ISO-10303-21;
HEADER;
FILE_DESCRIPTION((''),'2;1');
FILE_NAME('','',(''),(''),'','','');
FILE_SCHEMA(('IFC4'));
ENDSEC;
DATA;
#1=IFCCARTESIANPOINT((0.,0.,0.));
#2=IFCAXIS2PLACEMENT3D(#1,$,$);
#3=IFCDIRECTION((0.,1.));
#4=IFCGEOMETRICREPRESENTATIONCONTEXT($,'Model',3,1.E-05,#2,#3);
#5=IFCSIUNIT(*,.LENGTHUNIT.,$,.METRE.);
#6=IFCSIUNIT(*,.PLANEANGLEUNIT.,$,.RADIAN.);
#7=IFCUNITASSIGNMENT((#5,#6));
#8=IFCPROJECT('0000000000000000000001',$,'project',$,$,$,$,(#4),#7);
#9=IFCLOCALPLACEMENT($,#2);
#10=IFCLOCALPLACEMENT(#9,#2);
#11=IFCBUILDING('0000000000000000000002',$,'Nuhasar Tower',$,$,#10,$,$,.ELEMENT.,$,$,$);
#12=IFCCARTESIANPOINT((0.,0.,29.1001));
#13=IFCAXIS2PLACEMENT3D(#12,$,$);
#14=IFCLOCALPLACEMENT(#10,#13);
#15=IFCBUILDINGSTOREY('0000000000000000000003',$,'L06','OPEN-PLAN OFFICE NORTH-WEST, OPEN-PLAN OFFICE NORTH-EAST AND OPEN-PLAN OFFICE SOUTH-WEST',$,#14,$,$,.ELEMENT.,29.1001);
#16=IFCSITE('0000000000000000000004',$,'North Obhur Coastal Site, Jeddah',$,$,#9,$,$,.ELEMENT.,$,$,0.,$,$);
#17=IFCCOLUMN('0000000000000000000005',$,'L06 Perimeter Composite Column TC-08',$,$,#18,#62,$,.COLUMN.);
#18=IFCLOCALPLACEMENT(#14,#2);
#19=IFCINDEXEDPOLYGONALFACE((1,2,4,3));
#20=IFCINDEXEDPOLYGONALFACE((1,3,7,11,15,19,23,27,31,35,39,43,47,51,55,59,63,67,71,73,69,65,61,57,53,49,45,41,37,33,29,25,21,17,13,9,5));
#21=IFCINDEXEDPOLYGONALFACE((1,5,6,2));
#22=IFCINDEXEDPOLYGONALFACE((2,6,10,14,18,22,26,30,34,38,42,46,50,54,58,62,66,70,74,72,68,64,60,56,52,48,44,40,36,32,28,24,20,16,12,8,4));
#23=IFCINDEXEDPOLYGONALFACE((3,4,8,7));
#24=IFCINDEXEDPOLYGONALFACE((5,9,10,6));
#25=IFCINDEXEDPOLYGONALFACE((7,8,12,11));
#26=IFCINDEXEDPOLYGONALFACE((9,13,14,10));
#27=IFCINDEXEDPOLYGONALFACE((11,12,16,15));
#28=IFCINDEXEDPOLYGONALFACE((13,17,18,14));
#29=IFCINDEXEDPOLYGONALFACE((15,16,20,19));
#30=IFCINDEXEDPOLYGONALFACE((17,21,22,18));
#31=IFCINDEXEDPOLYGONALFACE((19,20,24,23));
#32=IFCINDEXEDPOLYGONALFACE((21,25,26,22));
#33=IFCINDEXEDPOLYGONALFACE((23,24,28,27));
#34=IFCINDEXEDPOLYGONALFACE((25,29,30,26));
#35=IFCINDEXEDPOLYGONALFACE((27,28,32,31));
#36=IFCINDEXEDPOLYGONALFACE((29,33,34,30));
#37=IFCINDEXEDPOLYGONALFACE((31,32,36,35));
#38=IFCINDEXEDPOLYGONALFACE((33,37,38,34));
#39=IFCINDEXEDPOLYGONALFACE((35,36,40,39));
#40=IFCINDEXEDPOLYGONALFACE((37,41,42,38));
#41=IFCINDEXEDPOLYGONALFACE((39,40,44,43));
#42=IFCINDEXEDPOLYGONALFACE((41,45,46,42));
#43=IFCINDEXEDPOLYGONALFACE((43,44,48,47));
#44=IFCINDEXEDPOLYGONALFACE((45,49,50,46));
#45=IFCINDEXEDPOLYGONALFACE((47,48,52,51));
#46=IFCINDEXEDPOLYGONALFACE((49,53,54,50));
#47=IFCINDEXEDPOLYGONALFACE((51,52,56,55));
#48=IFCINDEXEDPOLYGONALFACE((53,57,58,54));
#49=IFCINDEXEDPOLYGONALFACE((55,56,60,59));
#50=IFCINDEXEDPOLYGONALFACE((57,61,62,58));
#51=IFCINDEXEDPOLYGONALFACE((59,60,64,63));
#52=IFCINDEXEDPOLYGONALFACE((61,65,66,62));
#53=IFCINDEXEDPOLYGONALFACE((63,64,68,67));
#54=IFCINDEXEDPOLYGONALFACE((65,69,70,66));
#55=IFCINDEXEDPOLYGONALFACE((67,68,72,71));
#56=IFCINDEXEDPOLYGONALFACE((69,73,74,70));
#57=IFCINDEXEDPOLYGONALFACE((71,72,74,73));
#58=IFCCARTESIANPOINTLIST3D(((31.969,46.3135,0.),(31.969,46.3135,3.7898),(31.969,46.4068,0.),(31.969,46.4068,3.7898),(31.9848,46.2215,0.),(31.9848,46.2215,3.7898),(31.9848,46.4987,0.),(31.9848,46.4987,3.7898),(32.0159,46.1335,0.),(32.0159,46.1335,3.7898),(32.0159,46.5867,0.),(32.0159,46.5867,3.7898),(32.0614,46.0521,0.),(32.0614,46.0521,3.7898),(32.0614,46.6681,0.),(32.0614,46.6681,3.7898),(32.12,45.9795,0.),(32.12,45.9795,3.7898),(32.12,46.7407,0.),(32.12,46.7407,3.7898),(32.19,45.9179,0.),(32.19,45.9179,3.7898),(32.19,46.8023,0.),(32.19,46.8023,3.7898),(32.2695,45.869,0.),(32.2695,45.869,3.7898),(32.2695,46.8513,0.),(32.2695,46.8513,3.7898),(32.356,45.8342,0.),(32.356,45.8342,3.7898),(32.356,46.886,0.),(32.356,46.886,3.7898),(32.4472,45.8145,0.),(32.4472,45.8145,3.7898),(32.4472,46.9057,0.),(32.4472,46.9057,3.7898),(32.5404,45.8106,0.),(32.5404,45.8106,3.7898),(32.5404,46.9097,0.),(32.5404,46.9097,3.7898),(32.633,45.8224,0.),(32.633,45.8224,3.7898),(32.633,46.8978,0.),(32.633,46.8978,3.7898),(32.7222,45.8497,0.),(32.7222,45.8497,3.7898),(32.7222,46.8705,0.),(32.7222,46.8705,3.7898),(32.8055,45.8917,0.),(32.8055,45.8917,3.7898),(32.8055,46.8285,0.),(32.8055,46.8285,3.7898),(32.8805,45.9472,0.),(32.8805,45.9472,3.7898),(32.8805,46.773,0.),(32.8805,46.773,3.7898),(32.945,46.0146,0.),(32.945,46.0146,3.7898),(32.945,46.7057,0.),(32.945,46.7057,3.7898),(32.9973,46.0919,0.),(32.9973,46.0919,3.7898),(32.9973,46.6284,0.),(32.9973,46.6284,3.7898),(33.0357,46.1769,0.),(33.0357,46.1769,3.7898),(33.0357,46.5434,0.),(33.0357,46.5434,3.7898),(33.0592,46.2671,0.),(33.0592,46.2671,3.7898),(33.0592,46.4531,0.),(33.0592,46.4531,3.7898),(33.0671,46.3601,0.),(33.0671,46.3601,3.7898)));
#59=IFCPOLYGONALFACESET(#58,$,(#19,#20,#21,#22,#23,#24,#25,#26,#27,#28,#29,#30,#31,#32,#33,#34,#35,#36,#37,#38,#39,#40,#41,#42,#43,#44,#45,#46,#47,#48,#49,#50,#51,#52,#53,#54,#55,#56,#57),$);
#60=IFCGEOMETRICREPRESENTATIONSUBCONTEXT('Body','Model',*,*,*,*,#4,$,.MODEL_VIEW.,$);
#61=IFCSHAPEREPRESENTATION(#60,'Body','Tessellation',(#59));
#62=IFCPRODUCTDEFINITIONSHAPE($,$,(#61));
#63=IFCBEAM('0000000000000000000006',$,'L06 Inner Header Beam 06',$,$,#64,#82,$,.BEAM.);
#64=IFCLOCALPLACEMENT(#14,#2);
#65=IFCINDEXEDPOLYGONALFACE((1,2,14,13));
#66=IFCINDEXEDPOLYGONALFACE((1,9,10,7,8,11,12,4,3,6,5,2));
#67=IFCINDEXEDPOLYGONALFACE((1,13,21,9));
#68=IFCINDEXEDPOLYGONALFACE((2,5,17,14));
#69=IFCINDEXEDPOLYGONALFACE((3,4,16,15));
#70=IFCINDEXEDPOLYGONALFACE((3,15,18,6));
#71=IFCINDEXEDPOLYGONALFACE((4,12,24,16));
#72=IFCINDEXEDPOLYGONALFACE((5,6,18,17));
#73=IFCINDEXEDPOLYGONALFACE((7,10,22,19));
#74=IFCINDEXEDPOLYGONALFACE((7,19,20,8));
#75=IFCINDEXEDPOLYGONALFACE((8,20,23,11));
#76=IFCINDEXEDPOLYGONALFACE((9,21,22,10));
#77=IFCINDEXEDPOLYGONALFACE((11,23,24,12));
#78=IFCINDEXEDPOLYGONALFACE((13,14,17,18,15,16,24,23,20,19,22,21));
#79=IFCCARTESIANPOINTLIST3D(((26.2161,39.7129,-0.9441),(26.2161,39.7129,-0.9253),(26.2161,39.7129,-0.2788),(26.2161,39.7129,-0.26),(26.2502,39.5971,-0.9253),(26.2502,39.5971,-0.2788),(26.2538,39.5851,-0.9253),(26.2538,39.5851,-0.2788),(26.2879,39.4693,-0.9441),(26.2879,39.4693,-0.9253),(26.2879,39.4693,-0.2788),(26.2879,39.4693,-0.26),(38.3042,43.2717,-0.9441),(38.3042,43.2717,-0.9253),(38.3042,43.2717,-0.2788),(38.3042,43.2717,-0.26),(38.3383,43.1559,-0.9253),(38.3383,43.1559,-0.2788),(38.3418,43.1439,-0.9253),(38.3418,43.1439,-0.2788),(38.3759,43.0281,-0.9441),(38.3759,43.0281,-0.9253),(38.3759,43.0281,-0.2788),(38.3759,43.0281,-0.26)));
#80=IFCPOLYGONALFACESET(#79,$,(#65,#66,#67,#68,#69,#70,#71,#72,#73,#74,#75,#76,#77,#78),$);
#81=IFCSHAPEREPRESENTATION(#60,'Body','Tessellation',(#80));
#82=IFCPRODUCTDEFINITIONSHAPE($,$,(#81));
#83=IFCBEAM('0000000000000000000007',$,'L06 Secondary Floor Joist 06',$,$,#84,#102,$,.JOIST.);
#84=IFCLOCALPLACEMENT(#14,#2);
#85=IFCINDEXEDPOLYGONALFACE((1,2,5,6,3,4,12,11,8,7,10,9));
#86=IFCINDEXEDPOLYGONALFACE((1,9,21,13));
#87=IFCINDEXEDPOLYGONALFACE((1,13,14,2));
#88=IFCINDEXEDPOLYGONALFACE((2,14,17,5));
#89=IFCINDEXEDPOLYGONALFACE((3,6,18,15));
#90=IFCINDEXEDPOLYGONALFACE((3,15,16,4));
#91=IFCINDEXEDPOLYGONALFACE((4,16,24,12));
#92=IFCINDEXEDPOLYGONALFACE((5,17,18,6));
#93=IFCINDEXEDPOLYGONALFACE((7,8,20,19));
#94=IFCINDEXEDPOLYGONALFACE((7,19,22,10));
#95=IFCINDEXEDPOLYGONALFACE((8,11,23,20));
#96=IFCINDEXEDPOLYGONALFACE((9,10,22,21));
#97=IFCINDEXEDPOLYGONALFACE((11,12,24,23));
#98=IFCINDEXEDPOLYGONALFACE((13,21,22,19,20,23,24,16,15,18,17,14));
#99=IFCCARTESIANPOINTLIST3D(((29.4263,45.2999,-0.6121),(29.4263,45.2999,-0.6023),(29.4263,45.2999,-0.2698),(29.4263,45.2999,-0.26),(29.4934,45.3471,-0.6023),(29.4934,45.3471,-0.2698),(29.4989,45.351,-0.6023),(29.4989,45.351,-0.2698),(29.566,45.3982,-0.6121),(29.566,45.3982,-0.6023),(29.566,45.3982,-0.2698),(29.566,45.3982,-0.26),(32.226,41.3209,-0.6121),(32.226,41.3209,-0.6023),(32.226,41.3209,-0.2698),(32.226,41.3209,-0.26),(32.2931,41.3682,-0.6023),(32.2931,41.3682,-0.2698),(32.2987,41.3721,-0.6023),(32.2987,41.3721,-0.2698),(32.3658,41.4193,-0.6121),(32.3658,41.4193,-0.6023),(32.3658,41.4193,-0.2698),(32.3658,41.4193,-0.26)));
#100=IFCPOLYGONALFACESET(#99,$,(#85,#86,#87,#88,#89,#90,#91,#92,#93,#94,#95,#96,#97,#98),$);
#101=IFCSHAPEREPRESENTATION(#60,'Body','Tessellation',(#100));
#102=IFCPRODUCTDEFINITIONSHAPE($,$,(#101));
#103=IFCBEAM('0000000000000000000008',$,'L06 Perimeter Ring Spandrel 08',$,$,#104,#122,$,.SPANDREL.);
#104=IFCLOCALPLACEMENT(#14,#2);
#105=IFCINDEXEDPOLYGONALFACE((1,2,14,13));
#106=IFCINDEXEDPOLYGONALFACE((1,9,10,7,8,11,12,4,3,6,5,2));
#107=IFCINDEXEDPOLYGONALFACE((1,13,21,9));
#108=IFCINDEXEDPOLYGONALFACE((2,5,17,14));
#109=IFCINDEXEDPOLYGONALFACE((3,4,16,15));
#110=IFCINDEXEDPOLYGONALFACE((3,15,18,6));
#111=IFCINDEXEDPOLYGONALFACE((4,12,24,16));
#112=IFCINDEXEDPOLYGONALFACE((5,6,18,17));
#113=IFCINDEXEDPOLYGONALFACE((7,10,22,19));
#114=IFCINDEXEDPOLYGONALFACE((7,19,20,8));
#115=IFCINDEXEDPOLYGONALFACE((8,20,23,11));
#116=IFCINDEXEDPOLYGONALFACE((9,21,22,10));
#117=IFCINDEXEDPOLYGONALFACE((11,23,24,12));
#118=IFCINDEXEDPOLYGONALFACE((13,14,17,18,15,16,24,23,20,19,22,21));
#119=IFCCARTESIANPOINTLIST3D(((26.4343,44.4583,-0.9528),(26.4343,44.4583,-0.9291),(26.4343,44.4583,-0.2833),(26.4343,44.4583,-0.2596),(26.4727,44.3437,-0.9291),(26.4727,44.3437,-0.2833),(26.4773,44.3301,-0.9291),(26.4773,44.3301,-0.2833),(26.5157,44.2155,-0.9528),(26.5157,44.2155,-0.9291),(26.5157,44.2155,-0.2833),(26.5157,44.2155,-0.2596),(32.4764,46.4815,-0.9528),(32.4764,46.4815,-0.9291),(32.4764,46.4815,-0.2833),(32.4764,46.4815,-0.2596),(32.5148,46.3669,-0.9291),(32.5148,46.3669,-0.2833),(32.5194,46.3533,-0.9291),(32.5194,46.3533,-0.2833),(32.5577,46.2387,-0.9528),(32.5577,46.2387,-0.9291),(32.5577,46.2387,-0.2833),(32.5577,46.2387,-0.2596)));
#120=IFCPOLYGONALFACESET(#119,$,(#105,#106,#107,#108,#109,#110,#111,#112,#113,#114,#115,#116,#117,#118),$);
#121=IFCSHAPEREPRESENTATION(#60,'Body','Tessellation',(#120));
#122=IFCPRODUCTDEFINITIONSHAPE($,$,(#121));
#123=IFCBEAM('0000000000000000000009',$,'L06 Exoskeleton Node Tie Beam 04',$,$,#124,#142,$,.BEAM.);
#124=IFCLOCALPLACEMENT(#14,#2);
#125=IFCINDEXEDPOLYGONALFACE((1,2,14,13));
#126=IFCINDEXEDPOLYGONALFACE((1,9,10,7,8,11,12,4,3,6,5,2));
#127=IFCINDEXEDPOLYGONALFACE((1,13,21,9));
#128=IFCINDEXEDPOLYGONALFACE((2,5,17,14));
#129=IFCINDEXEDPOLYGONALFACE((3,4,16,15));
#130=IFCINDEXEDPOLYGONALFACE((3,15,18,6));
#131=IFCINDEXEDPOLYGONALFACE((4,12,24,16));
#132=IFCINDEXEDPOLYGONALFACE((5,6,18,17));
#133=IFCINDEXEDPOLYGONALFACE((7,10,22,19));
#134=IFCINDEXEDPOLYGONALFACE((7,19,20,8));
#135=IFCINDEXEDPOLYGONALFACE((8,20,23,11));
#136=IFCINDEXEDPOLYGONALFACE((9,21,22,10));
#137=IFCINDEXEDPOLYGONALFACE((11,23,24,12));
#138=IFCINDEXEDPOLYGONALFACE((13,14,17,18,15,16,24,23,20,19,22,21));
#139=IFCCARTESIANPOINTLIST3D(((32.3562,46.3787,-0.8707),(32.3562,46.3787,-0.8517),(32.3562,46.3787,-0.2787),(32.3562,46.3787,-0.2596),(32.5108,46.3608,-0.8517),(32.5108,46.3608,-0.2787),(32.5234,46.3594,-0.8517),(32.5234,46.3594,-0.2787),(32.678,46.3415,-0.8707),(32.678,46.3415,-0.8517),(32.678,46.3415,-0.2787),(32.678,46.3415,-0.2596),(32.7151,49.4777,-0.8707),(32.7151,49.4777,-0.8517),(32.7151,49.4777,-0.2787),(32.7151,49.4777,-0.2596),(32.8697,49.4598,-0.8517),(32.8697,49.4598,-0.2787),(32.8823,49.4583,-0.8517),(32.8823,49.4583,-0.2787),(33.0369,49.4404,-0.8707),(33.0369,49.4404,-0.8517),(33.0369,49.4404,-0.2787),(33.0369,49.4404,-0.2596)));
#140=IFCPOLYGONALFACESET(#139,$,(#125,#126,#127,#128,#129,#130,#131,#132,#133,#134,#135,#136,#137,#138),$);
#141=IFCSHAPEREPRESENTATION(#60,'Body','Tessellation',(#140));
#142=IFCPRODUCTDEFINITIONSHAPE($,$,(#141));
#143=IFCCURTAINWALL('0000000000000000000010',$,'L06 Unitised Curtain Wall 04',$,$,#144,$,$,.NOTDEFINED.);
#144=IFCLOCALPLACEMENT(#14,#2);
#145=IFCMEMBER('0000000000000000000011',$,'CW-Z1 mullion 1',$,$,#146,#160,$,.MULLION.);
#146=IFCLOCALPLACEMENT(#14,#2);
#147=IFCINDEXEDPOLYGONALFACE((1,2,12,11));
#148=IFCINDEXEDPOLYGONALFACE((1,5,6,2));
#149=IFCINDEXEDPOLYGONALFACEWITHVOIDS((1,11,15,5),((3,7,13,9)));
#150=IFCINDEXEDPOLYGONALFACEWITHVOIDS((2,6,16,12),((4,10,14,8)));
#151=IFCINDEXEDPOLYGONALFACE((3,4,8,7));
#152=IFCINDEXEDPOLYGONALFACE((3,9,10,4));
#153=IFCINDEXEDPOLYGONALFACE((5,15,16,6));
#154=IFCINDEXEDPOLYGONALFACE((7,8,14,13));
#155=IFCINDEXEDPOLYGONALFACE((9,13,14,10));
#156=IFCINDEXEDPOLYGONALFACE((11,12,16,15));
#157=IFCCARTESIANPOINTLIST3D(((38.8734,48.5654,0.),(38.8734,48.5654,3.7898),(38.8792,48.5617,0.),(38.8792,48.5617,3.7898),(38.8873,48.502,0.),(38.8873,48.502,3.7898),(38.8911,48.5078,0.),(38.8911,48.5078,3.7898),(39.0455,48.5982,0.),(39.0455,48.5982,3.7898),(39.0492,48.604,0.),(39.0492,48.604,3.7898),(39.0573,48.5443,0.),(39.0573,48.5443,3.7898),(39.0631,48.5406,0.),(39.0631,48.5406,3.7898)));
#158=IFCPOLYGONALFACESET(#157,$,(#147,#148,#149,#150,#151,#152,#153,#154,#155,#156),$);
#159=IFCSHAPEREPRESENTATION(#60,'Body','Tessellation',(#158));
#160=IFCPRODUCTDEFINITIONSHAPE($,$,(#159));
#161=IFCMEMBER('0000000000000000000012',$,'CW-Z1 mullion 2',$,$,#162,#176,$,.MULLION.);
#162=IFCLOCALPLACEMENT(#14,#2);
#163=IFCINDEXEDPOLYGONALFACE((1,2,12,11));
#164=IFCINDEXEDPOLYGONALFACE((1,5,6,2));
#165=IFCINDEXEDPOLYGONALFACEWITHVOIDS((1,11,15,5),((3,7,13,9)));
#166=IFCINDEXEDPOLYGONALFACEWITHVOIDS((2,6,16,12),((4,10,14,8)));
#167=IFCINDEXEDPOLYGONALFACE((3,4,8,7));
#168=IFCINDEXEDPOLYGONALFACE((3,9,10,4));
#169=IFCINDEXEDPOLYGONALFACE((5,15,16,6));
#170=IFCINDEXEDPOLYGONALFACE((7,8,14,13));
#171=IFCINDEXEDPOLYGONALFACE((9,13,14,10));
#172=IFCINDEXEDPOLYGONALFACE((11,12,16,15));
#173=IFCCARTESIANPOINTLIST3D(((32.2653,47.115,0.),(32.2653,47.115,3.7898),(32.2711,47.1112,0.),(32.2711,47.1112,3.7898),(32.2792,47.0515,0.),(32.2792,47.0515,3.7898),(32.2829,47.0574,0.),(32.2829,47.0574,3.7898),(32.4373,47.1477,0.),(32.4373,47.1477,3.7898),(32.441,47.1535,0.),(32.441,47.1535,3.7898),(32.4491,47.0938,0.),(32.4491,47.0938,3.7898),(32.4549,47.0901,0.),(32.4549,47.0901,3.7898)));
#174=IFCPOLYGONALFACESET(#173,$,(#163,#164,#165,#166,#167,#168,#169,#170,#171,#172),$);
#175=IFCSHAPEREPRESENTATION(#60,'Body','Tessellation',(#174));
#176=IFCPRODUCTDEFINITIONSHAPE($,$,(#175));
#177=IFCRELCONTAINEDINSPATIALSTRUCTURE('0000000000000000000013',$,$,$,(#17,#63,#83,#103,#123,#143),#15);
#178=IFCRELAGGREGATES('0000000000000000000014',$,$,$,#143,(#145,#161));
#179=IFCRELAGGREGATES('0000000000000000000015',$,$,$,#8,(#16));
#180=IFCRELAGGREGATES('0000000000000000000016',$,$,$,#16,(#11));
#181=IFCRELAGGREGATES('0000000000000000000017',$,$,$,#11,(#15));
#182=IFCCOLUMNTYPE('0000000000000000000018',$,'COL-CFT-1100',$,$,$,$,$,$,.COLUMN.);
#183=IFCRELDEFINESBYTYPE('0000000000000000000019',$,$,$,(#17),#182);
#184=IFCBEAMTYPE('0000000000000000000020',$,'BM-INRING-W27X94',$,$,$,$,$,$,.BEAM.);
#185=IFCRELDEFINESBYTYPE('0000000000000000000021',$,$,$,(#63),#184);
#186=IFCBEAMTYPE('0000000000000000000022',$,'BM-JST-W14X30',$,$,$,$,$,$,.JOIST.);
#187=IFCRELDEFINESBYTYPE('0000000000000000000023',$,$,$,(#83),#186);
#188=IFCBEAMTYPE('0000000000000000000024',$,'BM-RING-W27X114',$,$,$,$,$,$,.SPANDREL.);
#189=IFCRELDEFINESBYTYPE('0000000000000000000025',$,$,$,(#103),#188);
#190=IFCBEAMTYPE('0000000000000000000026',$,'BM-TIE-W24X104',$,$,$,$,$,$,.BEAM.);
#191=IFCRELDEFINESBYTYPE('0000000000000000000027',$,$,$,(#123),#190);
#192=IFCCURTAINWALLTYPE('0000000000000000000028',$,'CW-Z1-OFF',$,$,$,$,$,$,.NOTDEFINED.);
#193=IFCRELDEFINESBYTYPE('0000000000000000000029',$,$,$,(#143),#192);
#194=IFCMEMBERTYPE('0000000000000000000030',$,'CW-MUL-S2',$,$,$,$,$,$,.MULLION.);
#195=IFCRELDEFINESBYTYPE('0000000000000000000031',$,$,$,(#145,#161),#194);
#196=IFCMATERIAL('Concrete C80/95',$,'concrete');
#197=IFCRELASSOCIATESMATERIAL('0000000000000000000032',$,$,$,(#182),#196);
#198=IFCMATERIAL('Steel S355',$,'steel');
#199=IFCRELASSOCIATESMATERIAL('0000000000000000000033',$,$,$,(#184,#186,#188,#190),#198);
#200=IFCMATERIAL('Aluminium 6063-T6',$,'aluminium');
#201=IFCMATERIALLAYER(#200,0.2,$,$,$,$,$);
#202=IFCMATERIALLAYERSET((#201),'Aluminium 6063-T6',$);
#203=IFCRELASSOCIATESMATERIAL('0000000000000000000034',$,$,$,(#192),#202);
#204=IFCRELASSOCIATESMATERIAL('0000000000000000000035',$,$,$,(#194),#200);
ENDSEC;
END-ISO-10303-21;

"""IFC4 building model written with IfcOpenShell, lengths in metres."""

from ifc_helpers import new_model, si_unit, direction, frame, origin, origin_2d, place, context, subcontext, project, spatial, hollow_rectangle, circle, i_section, extrude, material, layer, layer_set, material_profile, profile_set, type_object, element, aggregate, save


model = new_model("IFC4")

# Units and contexts
model_context = context("Model", 3, precision=1e-05, world=origin(), true_north=direction((0.0, 1.0)))
body_context = subcontext(model_context, "Body", "Model", "MODEL_VIEW")
ifc_project = project(units=[si_unit("LENGTHUNIT", "METRE"), si_unit("PLANEANGLEUNIT", "RADIAN")], contexts=[model_context])

# Site, building, storey
site_placement = place(None, origin())
site = spatial("IfcSite", under=ifc_project, at=site_placement, Name="North Obhur Coastal Site, Jeddah", CompositionType="ELEMENT", RefElevation=0.0)
building_placement = place(site_placement, origin())
building = spatial("IfcBuilding", under=site, at=building_placement, Name="Nuhasar Tower", CompositionType="ELEMENT")
storey_placement = place(building_placement, frame((0.0, 0.0, 29.1001)))
storey = spatial("IfcBuildingStorey", under=building, at=storey_placement, Name="L06", Description="OPEN-PLAN OFFICE NORTH-WEST, OPEN-PLAN OFFICE NORTH-EAST AND OPEN-PLAN OFFICE SOUTH-WEST", CompositionType="ELEMENT", Elevation=29.1001)

# Column
ifc_material_1 = material(Name="Concrete C80/95", Category="concrete")
ifc_material_profile_1 = material_profile(ifc_material_1, circle(Radius=0.55, at=origin_2d()), Name="CFT1100")
ifc_profile_set_1 = profile_set([ifc_material_profile_1], Name="Concrete C80/95")
column_type = type_object("IfcColumnType", Name="COL-CFT-1100", PredefinedType="COLUMN", material=ifc_profile_set_1)
column_placement = place(storey_placement, frame((32.5171, 46.3601, 0.0), z_axis=(0.0, 0.0, 1.0), x_axis=(1.0, 0.0, 0.0)))
element("IfcColumn", 1, at=column_placement, inside=storey, type_object=column_type, Name="L06 Perimeter Composite Column TC-08", PredefinedType="COLUMN", context=body_context, shape_type="SweptSolid", body=[
    extrude(circle(Radius=0.55, at=origin_2d()), origin(), (0.0, 0.0, 1.0), 3.7898),
])

# Beams
ifc_material_2 = material(Name="Steel S355", Category="steel")
ifc_material_profile_2 = material_profile(ifc_material_2, i_section(OverallWidth=0.2539, OverallDepth=0.6841, WebThickness=0.0125, FlangeThickness=0.0188, at=origin_2d()), Name="W27X94")
ifc_profile_set_2 = profile_set([ifc_material_profile_2], Name="Steel S355")
beam_type_1 = type_object("IfcBeamType", Name="BM-INRING-W27X94", PredefinedType="BEAM", material=ifc_profile_set_2)
beam_1_placement = place(storey_placement, frame((38.3401, 43.1499, -0.6021), z_axis=(-0.95929, -0.282422, 0.0), x_axis=(0.282422, -0.95929, 0.0)))
element("IfcBeam", 2, at=beam_1_placement, inside=storey, type_object=beam_type_1, Name="L06 Inner Header Beam 06", PredefinedType="BEAM", context=body_context, shape_type="SweptSolid", body=[
    extrude(i_section(OverallWidth=0.2539, OverallDepth=0.6841, WebThickness=0.0125, FlangeThickness=0.0188, at=origin_2d()), origin(), (0.0, 0.0, 1.0), 12.6011),
])
ifc_material_profile_3 = material_profile(ifc_material_2, i_section(OverallWidth=0.1709, OverallDepth=0.3521, WebThickness=0.0068, FlangeThickness=0.0098, at=origin_2d()), Name="W14X30")
ifc_profile_set_3 = profile_set([ifc_material_profile_3], Name="Steel S355")
beam_type_2 = type_object("IfcBeamType", Name="BM-JST-W14X30", PredefinedType="JOIST", material=ifc_profile_set_3)
beam_2_placement = place(storey_placement, frame((32.2959, 41.3701, -0.436), z_axis=(-0.575461, 0.817829, 0.0), x_axis=(-0.817829, -0.575461, 0.0)))
element("IfcBeam", 3, at=beam_2_placement, inside=storey, type_object=beam_type_2, Name="L06 Secondary Floor Joist 06", PredefinedType="JOIST", context=body_context, shape_type="SweptSolid", body=[
    extrude(i_section(OverallWidth=0.1709, OverallDepth=0.3521, WebThickness=0.0068, FlangeThickness=0.0098, at=origin_2d()), origin(), (0.0, 0.0, 1.0), 4.8652),
])
ifc_material_profile_4 = material_profile(ifc_material_2, i_section(OverallWidth=0.2561, OverallDepth=0.6931, WebThickness=0.0144, FlangeThickness=0.0237, at=origin_2d()), Name="W27X114")
ifc_profile_set_4 = profile_set([ifc_material_profile_4], Name="Steel S355")
beam_type_3 = type_object("IfcBeamType", Name="BM-RING-W27X114", PredefinedType="SPANDREL", material=ifc_profile_set_4)
beam_3_placement = place(storey_placement, frame((32.5171, 46.3601, -0.6062), z_axis=(-0.948249, -0.317526, 0.0), x_axis=(0.317526, -0.948249, 0.0)))
element("IfcBeam", 4, at=beam_3_placement, inside=storey, type_object=beam_type_3, Name="L06 Perimeter Ring Spandrel 08", PredefinedType="SPANDREL", context=body_context, shape_type="SweptSolid", body=[
    extrude(i_section(OverallWidth=0.2561, OverallDepth=0.6931, WebThickness=0.0144, FlangeThickness=0.0237, at=origin_2d()), origin(), (0.0, 0.0, 1.0), 6.3718),
])
ifc_material_profile_5 = material_profile(ifc_material_2, i_section(OverallWidth=0.324, OverallDepth=0.6111, WebThickness=0.0127, FlangeThickness=0.019, at=origin_2d()), Name="W24X104")
ifc_profile_set_5 = profile_set([ifc_material_profile_5], Name="Steel S355")
beam_type_4 = type_object("IfcBeamType", Name="BM-TIE-W24X104", PredefinedType="BEAM", material=ifc_profile_set_5)
beam_4_placement = place(storey_placement, frame((32.5171, 46.3601, -0.5652), z_axis=(0.115043, 0.993361, 0.0), x_axis=(-0.993361, 0.115043, 0.0)))
element("IfcBeam", 5, at=beam_4_placement, inside=storey, type_object=beam_type_4, Name="L06 Exoskeleton Node Tie Beam 04", PredefinedType="BEAM", context=body_context, shape_type="SweptSolid", body=[
    extrude(i_section(OverallWidth=0.324, OverallDepth=0.6111, WebThickness=0.0127, FlangeThickness=0.019, at=origin_2d()), origin(), (0.0, 0.0, 1.0), 3.1196),
])

# Curtain wall, members
ifc_material_3 = material(Name="Aluminium 6063-T6", Category="aluminium")
ifc_layer_1 = layer(ifc_material_3, 0.2)
ifc_layer_set_1 = layer_set([ifc_layer_1], Name="Aluminium 6063-T6")
curtain_wall_type = type_object("IfcCurtainWallType", Name="CW-Z1-OFF", PredefinedType="NOTDEFINED", material=ifc_layer_set_1)
curtain_wall_placement = place(storey_placement, origin())
curtain_wall = element("IfcCurtainWall", 6, at=curtain_wall_placement, inside=storey, type_object=curtain_wall_type, Name="L06 Unitised Curtain Wall 04", PredefinedType="NOTDEFINED")
ifc_material_profile_6 = material_profile(ifc_material_3, hollow_rectangle(XDim=0.0649, YDim=0.1799, WallThickness=0.0049, at=origin_2d()), Name="CWM-2")
ifc_profile_set_6 = profile_set([ifc_material_profile_6], Name="Aluminium 6063-T6")
member_type_1 = type_object("IfcMemberType", Name="CW-MUL-S2", PredefinedType="MULLION", material=ifc_profile_set_6)
member_1_placement = place(storey_placement, frame((38.9683, 48.553, 0.0), z_axis=(0.0, 0.0, 1.0), x_axis=(0.214399, -0.976746, 0.0)))
member_1 = element("IfcMember", 7, at=member_1_placement, type_object=member_type_1, Name="CW-Z1 mullion 1", PredefinedType="MULLION", context=body_context, shape_type="SweptSolid", body=[
    extrude(hollow_rectangle(XDim=0.0649, YDim=0.1799, WallThickness=0.0049, at=origin_2d()), origin(), (0.0, 0.0, 1.0), 3.7898),
])
member_2_placement = place(storey_placement, frame((32.3601, 47.1025, 0.0), z_axis=(0.0, 0.0, 1.0), x_axis=(0.214399, -0.976746, 0.0)))
member_2 = element("IfcMember", 8, at=member_2_placement, type_object=member_type_1, Name="CW-Z1 mullion 2", PredefinedType="MULLION", context=body_context, shape_type="SweptSolid", body=[
    extrude(hollow_rectangle(XDim=0.0649, YDim=0.1799, WallThickness=0.0049, at=origin_2d()), origin(), (0.0, 0.0, 1.0), 3.7898),
])

aggregate(curtain_wall, [member_1, member_2])

save(model, "model.ifc")
